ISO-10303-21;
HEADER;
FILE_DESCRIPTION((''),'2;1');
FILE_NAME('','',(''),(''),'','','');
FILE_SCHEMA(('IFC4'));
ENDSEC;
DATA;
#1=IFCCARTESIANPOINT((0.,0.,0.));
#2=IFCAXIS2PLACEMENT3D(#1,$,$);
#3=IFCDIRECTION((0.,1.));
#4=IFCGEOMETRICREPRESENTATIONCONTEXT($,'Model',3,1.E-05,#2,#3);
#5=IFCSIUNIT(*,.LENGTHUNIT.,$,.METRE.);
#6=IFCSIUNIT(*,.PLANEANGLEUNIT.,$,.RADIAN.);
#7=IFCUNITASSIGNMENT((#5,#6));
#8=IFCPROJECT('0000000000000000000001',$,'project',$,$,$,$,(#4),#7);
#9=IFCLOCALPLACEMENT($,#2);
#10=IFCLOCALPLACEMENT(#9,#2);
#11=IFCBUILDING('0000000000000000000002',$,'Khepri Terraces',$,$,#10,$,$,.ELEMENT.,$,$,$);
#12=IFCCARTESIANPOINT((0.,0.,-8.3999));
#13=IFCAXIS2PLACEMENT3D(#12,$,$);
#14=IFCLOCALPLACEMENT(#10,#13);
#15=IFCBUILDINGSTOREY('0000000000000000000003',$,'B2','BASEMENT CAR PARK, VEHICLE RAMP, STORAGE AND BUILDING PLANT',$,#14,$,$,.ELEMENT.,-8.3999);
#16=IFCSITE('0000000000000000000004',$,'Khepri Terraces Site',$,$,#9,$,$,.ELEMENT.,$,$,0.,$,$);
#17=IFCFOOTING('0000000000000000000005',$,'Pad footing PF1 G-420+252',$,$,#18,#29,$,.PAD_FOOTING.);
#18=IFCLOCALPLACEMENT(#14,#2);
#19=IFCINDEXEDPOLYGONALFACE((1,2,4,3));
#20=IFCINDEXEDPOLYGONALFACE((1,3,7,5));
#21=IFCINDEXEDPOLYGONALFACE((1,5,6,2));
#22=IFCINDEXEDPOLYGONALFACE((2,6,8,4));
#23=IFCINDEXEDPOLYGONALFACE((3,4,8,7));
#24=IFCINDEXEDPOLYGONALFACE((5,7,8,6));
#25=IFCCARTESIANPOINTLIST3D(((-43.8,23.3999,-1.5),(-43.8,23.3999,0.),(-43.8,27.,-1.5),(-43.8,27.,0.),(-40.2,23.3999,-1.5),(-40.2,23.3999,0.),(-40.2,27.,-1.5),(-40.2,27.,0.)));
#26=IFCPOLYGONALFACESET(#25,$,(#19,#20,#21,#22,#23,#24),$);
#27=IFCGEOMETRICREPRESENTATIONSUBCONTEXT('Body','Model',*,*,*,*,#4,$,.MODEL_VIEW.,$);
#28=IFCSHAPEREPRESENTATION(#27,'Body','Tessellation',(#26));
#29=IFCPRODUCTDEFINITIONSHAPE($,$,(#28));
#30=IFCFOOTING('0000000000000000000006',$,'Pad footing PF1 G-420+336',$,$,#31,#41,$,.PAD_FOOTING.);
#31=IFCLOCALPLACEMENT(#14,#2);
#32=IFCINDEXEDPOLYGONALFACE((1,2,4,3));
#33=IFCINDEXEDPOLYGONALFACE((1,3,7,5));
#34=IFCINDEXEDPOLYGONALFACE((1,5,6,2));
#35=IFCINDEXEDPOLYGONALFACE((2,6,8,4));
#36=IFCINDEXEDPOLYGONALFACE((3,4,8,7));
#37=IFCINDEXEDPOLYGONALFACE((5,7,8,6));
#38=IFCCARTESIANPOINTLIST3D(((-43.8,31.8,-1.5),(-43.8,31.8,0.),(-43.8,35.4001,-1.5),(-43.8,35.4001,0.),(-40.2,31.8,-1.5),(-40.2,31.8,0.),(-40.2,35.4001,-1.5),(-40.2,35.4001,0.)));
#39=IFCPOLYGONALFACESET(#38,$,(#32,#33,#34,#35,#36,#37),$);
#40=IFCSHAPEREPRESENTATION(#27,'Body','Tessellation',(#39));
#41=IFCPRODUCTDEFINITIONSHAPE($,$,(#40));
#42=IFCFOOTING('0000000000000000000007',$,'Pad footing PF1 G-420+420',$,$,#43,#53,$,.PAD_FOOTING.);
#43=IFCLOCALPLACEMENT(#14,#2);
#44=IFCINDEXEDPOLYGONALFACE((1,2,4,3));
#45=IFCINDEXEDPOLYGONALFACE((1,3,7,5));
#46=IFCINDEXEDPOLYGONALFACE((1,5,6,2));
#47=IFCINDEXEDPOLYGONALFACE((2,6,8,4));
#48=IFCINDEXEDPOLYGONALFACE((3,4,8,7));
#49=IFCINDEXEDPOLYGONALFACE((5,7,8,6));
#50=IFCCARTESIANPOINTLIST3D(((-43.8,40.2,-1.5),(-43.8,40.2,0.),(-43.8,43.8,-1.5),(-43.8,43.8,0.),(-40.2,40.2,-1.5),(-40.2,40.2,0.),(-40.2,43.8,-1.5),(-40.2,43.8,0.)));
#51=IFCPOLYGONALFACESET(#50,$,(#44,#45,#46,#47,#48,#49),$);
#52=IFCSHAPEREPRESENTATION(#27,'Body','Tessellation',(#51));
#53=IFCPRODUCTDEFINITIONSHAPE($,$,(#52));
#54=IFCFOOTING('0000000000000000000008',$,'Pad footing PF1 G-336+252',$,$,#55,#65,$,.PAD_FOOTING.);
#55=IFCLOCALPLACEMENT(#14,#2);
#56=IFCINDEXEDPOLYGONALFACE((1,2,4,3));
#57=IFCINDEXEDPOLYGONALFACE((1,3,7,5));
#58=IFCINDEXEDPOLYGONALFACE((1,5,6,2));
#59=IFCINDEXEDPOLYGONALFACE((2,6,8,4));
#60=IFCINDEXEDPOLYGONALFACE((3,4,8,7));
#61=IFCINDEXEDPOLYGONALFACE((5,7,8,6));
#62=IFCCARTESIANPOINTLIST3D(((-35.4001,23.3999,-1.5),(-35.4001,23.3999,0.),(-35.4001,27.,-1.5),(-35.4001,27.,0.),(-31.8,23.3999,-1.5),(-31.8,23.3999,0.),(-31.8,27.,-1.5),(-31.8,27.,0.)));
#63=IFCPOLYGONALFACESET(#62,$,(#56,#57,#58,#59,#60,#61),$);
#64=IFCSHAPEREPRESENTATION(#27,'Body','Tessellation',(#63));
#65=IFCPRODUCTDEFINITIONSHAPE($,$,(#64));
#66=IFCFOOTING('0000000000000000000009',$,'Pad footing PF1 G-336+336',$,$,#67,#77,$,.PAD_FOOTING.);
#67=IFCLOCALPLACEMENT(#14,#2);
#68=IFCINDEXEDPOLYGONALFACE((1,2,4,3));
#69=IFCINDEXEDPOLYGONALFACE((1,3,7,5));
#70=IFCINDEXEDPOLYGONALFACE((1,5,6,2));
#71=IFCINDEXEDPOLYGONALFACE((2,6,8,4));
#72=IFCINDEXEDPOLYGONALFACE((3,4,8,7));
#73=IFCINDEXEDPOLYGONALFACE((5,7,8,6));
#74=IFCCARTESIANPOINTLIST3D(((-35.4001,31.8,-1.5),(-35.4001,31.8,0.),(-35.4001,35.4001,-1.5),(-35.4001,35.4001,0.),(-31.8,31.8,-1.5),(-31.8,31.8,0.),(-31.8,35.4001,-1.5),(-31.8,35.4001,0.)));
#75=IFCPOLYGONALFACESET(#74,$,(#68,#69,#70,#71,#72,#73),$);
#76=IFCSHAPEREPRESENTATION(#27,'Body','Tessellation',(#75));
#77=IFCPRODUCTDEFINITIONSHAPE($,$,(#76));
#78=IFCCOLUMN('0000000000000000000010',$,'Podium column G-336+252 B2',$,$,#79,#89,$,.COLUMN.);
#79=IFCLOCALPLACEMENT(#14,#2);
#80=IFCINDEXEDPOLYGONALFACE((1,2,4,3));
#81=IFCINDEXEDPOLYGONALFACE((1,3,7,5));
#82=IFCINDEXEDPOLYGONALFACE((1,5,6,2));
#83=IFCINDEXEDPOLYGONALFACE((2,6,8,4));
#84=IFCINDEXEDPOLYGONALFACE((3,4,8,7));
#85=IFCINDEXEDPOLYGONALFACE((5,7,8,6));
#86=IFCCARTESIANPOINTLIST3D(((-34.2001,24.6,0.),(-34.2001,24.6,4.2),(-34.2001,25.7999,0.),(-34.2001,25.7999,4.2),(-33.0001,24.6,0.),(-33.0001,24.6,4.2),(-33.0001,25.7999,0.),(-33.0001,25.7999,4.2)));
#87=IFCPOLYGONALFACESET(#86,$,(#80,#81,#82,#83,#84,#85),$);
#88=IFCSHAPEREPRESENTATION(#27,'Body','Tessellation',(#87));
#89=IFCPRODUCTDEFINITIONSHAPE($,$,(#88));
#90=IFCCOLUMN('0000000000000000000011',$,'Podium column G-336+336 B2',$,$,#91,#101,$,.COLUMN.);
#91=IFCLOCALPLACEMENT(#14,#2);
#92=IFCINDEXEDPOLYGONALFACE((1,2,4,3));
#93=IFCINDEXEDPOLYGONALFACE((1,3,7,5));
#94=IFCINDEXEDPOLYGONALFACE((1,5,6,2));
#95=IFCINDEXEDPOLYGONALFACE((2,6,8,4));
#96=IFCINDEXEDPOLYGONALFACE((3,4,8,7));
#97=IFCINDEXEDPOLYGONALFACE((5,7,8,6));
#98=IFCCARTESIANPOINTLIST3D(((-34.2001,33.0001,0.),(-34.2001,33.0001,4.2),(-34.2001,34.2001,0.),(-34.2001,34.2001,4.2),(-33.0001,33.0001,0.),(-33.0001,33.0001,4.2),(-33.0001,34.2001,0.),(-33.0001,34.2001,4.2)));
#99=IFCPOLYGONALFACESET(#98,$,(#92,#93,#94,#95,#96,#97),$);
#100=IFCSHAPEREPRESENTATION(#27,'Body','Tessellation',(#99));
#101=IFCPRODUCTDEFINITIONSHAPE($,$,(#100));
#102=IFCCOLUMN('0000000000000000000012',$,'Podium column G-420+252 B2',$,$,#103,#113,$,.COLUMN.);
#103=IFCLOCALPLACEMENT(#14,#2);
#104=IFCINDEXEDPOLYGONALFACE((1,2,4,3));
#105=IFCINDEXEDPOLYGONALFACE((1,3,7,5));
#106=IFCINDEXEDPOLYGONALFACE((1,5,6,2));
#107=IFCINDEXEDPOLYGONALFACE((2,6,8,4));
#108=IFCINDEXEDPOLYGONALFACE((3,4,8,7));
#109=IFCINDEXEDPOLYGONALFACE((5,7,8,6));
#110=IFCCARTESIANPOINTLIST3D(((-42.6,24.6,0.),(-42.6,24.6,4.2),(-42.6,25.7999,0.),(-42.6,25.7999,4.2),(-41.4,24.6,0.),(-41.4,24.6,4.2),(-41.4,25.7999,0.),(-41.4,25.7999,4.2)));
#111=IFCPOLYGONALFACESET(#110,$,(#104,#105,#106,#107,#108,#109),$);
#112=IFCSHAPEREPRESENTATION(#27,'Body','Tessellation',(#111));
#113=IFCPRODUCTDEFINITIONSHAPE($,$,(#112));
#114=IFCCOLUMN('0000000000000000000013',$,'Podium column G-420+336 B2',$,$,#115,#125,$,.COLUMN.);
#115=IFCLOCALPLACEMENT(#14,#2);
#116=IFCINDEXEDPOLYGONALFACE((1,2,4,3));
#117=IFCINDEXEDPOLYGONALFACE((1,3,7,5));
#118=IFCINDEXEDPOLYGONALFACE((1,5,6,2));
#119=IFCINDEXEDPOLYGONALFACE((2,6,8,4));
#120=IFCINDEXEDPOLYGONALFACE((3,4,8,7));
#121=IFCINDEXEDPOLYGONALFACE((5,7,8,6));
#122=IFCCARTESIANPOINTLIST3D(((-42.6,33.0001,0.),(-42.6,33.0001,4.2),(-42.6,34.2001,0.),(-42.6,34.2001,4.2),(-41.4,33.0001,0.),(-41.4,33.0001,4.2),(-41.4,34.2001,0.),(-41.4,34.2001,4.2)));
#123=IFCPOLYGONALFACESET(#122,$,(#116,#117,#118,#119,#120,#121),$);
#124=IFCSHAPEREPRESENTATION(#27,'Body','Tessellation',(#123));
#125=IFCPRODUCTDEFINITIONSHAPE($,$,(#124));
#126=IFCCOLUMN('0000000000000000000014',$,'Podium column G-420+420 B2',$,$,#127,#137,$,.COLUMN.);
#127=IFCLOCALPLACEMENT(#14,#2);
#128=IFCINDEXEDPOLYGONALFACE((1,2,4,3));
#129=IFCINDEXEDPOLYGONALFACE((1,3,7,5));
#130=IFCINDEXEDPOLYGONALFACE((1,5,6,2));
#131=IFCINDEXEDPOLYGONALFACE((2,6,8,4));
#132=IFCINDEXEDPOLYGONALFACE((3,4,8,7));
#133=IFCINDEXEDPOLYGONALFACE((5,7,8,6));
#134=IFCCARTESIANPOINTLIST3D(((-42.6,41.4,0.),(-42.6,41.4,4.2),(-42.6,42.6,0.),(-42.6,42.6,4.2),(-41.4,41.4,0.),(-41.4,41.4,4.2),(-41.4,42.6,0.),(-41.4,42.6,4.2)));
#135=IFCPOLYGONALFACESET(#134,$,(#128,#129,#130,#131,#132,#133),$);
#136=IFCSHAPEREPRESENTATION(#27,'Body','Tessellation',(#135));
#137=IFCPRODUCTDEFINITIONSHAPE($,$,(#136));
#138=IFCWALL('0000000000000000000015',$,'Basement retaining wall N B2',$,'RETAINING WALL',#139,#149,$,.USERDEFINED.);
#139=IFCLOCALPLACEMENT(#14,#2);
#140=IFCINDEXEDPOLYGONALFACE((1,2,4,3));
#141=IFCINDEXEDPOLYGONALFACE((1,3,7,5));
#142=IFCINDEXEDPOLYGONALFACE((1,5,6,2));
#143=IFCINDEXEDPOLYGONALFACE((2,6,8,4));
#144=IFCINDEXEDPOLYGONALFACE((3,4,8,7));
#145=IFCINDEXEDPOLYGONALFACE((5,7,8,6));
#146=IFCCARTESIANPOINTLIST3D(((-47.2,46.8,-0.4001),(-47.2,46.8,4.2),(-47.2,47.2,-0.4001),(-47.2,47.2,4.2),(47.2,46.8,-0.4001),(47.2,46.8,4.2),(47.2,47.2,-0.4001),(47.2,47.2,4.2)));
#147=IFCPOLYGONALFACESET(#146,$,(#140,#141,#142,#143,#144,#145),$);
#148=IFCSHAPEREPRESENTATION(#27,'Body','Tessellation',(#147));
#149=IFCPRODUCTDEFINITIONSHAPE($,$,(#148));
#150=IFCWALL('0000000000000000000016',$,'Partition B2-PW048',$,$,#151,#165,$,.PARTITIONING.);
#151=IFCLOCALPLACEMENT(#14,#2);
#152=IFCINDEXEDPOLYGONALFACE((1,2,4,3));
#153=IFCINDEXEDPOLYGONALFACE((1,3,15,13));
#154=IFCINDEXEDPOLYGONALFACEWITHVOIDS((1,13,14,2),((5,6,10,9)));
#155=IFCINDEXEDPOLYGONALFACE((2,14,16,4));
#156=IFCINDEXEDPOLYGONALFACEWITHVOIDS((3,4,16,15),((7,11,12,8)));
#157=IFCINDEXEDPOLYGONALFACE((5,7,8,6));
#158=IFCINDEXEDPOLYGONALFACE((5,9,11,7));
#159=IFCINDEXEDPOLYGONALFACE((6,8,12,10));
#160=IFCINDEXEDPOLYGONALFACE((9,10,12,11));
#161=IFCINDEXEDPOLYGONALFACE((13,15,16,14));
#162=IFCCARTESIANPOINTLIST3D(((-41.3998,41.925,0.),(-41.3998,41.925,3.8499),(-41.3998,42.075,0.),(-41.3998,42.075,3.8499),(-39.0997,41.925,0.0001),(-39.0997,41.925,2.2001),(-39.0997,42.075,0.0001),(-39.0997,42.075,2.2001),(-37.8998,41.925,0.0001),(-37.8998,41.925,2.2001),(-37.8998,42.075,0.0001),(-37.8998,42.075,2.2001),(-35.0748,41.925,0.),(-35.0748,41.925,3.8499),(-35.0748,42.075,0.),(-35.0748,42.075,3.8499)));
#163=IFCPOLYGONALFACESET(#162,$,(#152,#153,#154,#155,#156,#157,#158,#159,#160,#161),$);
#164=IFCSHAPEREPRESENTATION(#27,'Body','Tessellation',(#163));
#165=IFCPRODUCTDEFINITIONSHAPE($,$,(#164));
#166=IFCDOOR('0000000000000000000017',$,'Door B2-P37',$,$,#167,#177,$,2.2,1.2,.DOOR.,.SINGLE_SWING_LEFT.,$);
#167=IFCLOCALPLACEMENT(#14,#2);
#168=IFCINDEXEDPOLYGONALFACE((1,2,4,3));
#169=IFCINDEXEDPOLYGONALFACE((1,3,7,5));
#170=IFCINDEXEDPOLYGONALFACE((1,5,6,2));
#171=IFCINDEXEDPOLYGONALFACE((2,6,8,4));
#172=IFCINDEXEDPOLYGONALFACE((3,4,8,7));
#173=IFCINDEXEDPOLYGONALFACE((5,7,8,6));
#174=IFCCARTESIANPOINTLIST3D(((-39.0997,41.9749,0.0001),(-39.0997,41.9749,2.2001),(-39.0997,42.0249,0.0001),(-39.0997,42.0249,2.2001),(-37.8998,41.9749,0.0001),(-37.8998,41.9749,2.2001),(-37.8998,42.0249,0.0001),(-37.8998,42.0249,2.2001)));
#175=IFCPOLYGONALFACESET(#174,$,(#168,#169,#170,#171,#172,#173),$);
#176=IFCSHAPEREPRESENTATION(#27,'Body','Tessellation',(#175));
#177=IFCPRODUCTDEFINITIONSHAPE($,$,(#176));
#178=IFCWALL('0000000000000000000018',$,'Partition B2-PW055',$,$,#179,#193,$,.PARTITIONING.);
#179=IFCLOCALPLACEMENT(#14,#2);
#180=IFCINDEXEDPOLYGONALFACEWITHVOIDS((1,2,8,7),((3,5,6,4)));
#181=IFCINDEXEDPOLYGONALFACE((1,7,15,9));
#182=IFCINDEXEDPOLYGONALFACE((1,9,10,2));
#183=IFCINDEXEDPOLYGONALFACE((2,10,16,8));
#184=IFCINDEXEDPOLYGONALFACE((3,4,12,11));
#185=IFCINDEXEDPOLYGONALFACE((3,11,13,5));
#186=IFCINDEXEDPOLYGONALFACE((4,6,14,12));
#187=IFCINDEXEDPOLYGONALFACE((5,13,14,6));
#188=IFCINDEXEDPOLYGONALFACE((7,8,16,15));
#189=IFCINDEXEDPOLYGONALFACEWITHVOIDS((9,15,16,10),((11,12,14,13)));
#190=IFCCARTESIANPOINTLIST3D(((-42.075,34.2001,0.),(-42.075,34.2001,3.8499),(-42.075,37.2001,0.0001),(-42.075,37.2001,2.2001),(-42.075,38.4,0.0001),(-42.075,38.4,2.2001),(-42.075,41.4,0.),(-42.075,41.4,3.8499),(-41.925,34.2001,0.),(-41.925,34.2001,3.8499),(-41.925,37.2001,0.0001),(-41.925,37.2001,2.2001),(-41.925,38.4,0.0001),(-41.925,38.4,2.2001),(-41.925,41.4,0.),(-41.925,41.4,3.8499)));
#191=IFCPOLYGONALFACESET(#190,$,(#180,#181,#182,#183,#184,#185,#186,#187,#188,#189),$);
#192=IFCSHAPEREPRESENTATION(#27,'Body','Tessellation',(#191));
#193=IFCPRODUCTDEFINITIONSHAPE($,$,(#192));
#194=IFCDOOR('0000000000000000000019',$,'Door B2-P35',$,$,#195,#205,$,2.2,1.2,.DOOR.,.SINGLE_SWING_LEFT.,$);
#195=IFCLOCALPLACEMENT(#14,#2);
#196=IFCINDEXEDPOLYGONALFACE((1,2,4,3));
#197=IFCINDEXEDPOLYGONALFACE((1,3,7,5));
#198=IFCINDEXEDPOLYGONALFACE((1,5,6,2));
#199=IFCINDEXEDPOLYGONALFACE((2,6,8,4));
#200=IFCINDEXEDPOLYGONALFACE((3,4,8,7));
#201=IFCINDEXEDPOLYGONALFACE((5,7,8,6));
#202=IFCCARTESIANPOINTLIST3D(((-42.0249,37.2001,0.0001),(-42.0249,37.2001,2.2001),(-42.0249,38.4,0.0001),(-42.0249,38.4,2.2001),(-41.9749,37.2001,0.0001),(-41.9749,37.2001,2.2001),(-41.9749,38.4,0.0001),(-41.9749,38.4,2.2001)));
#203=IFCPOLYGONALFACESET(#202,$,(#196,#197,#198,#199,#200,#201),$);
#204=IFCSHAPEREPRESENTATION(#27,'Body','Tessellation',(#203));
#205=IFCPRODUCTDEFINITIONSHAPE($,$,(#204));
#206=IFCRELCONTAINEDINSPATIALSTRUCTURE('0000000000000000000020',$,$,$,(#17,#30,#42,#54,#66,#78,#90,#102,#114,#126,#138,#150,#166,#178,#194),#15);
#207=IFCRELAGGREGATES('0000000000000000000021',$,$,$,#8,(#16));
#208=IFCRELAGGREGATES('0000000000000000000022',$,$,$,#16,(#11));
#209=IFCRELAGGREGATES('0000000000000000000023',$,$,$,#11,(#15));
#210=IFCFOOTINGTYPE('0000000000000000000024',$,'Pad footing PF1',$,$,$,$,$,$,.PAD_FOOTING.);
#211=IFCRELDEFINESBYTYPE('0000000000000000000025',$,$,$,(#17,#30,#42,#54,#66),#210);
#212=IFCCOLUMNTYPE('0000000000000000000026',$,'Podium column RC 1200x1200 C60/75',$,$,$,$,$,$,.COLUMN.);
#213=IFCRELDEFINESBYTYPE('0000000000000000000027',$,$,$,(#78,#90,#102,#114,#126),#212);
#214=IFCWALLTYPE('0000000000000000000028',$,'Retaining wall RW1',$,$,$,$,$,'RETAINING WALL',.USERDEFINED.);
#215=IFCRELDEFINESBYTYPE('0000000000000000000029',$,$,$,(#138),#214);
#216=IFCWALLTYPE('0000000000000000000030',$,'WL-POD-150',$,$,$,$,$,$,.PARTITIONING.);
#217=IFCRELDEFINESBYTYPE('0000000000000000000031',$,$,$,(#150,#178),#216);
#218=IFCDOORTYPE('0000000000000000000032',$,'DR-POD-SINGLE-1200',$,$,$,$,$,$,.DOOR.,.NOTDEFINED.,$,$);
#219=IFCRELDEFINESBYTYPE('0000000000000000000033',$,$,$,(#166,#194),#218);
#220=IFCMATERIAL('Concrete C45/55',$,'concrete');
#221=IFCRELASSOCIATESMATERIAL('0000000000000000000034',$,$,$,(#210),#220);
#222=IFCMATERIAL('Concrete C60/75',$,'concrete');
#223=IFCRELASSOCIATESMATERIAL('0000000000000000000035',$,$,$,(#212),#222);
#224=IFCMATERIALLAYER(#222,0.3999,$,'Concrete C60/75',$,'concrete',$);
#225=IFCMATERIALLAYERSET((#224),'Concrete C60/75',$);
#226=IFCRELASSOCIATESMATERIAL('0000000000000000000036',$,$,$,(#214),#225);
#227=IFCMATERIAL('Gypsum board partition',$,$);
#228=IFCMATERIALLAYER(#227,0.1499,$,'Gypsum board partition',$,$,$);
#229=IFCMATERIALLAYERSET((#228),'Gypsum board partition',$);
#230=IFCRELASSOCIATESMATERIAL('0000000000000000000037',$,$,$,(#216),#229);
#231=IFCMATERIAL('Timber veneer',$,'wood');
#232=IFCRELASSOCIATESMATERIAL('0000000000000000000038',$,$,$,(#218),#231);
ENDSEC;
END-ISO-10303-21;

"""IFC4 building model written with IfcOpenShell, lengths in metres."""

from ifc_helpers import new_model, si_unit, direction, frame, frame_2d, origin, origin_2d, place, context, subcontext, project, spatial, rectangle, extrude, material, layer, layer_set, material_profile, profile_set, type_object, element, fill, save


model = new_model("IFC4")

# Units and contexts
model_context = context("Model", 3, precision=1e-05, world=origin(), true_north=direction((0.0, 1.0)))
body_context = subcontext(model_context, "Body", "Model", "MODEL_VIEW")
ifc_project = project(units=[si_unit("LENGTHUNIT", "METRE"), si_unit("PLANEANGLEUNIT", "RADIAN")], contexts=[model_context])

# Site, building, storey
site_placement = place(None, origin())
site = spatial("IfcSite", under=ifc_project, at=site_placement, Name="Khepri Terraces Site", CompositionType="ELEMENT", RefElevation=0.0)
building_placement = place(site_placement, origin())
building = spatial("IfcBuilding", under=site, at=building_placement, Name="Khepri Terraces", CompositionType="ELEMENT")
storey_placement = place(building_placement, frame((0.0, 0.0, -8.3999)))
storey = spatial("IfcBuildingStorey", under=building, at=storey_placement, Name="B2", Description="BASEMENT CAR PARK, VEHICLE RAMP, STORAGE AND BUILDING PLANT", CompositionType="ELEMENT", Elevation=-8.3999)

# Footings
ifc_material_1 = material(Name="Concrete C45/55", Category="concrete")
footing_type = type_object("IfcFootingType", Name="Pad footing PF1", PredefinedType="PAD_FOOTING", material=ifc_material_1)
for number, where, z_axis, x_axis, name in (
    (1, (-42.0, 25.2, -1.5), (0.0, 0.0, 1.0), (1.0, 0.0, 0.0), "Pad footing PF1 G-420+252"),
    (2, (-42.0, 33.6001, -1.5), (0.0, 0.0, 1.0), (1.0, 0.0, 0.0), "Pad footing PF1 G-420+336"),
    (3, (-42.0, 42.0, -1.5), (0.0, 0.0, 1.0), (1.0, 0.0, 0.0), "Pad footing PF1 G-420+420"),
    (4, (-33.6001, 25.2, -1.5), (0.0, 0.0, 1.0), (1.0, 0.0, 0.0), "Pad footing PF1 G-336+252"),
    (5, (-33.6001, 33.6001, -1.5), (0.0, 0.0, 1.0), (1.0, 0.0, 0.0), "Pad footing PF1 G-336+336"),
):
    element("IfcFooting", number, at=place(storey_placement, frame(where, z_axis=z_axis, x_axis=x_axis)), inside=storey, type_object=footing_type, Name=name, PredefinedType="PAD_FOOTING", context=body_context, shape_type="SweptSolid", body=[
        extrude(rectangle(XDim=3.6001, YDim=3.6001, at=origin_2d()), origin(), (0.0, 0.0, 1.0), 1.5),
    ])

# Columns
ifc_material_2 = material(Name="Concrete C60/75", Category="concrete")
ifc_material_profile = material_profile(ifc_material_2, rectangle(XDim=1.2, YDim=1.2, at=origin_2d()), Name="Concrete C60/75", Category="concrete")
ifc_profile_set = profile_set([ifc_material_profile], Name="Concrete C60/75")
column_type = type_object("IfcColumnType", Name="Podium column RC 1200x1200 C60/75", PredefinedType="COLUMN", material=ifc_profile_set)
for number, where, z_axis, x_axis, name in (
    (6, (-33.6001, 25.2, 0.0), (0.0, 0.0, 1.0), (1.0, 0.0, 0.0), "Podium column G-336+252 B2"),
    (7, (-33.6001, 33.6001, 0.0), (0.0, 0.0, 1.0), (1.0, 0.0, 0.0), "Podium column G-336+336 B2"),
    (8, (-42.0, 25.2, 0.0), (0.0, 0.0, 1.0), (1.0, 0.0, 0.0), "Podium column G-420+252 B2"),
    (9, (-42.0, 33.6001, 0.0), (0.0, 0.0, 1.0), (1.0, 0.0, 0.0), "Podium column G-420+336 B2"),
    (10, (-42.0, 42.0, 0.0), (0.0, 0.0, 1.0), (1.0, 0.0, 0.0), "Podium column G-420+420 B2"),
):
    element("IfcColumn", number, at=place(storey_placement, frame(where, z_axis=z_axis, x_axis=x_axis)), inside=storey, type_object=column_type, Name=name, PredefinedType="COLUMN", context=body_context, shape_type="SweptSolid", body=[
        extrude(rectangle(XDim=1.2, YDim=1.2, at=origin_2d()), origin(), (0.0, 0.0, 1.0), 4.2),
    ])

# Wall
ifc_layer_1 = layer(ifc_material_2, 0.3999, Name="Concrete C60/75", Category="concrete")
ifc_layer_set_1 = layer_set([ifc_layer_1], Name="Concrete C60/75")
wall_type_1 = type_object("IfcWallType", Name="Retaining wall RW1", ElementType="RETAINING WALL", PredefinedType="USERDEFINED", material=ifc_layer_set_1)
wall_1_placement = place(storey_placement, frame((-47.2, 47.0, -0.4001), z_axis=(0.0, 0.0, 1.0), x_axis=(1.0, 0.0, 0.0)))
element("IfcWall", 11, at=wall_1_placement, inside=storey, type_object=wall_type_1, Name="Basement retaining wall N B2", ObjectType="RETAINING WALL", PredefinedType="USERDEFINED", context=body_context, shape_type="SweptSolid", body=[
    extrude(rectangle(XDim=94.3999, YDim=0.3999, at=frame_2d((47.2, 0.0))), origin(), (0.0, 0.0, 1.0), 4.6001),
])

# Walls, openings, doors
ifc_material_3 = material(Name="Gypsum board partition")
ifc_layer_2 = layer(ifc_material_3, 0.1499, Name="Gypsum board partition")
ifc_layer_set_2 = layer_set([ifc_layer_2], Name="Gypsum board partition")
wall_type_2 = type_object("IfcWallType", Name="WL-POD-150", PredefinedType="PARTITIONING", material=ifc_layer_set_2)
wall_2_placement = place(storey_placement, frame((-41.3999, 42.0, 0.0), z_axis=(0.0, 0.0, 1.0), x_axis=(1.0, 0.0, 0.0)))
wall_2 = element("IfcWall", 12, at=wall_2_placement, inside=storey, type_object=wall_type_2, Name="Partition B2-PW048", PredefinedType="PARTITIONING", context=body_context, shape_type="SweptSolid", body=[
    extrude(rectangle(XDim=6.325, YDim=0.1499, at=frame_2d((3.1626, 0.0))), origin(), (0.0, 0.0, 1.0), 3.8499),
])
opening_1_placement = place(wall_2_placement, frame((2.3, 0.0, 0.0)))
opening_1 = element("IfcOpeningElement", 13, at=opening_1_placement, cuts=wall_2, PredefinedType="OPENING", context=body_context, shape_type="SweptSolid", body=[
    extrude(rectangle(XDim=1.2, YDim=2.2, at=frame_2d((0.6001, 1.1001))), frame((0.0, 0.085, 0.0), z_axis=(0.0, -1.0, 0.0), x_axis=(1.0, 0.0, 0.0)), (0.0, 0.0, 1.0), 0.1699),
])
ifc_material_4 = material(Name="Timber veneer", Category="wood")
door_type = type_object("IfcDoorType", Name="DR-POD-SINGLE-1200", OperationType="NOTDEFINED", PredefinedType="DOOR", material=ifc_material_4)
door_1_placement = place(opening_1_placement, origin())
door_1 = element("IfcDoor", 14, at=door_1_placement, inside=storey, type_object=door_type, Name="Door B2-P37", OperationType="SINGLE_SWING_LEFT", OverallHeight=2.2, OverallWidth=1.2, PredefinedType="DOOR", context=body_context, shape_type="SweptSolid", body=[
    extrude(rectangle(XDim=1.2, YDim=2.2, at=frame_2d((0.6001, 1.1001))), frame((0.0, 0.0249, 0.0), z_axis=(0.0, -1.0, 0.0), x_axis=(1.0, 0.0, 0.0)), (0.0, 0.0, 1.0), 0.05),
])
fill(opening_1, door_1)
wall_3_placement = place(storey_placement, frame((-42.0, 34.2, 0.0), z_axis=(0.0, 0.0, 1.0), x_axis=(0.0, 1.0, 0.0)))
wall_3 = element("IfcWall", 15, at=wall_3_placement, inside=storey, type_object=wall_type_2, Name="Partition B2-PW055", PredefinedType="PARTITIONING", context=body_context, shape_type="SweptSolid", body=[
    extrude(rectangle(XDim=7.2, YDim=0.1499, at=frame_2d((3.6001, 0.0))), origin(), (0.0, 0.0, 1.0), 3.8499),
])
opening_2_placement = place(wall_3_placement, frame((3.0, 0.0, 0.0)))
opening_2 = element("IfcOpeningElement", 16, at=opening_2_placement, cuts=wall_3, PredefinedType="OPENING", context=body_context, shape_type="SweptSolid", body=[
    extrude(rectangle(XDim=1.2, YDim=2.2, at=frame_2d((0.6001, 1.1001))), frame((0.0, 0.085, 0.0), z_axis=(0.0, -1.0, 0.0), x_axis=(1.0, 0.0, 0.0)), (0.0, 0.0, 1.0), 0.1699),
])
door_2_placement = place(opening_2_placement, origin())
door_2 = element("IfcDoor", 17, at=door_2_placement, inside=storey, type_object=door_type, Name="Door B2-P35", OperationType="SINGLE_SWING_LEFT", OverallHeight=2.2, OverallWidth=1.2, PredefinedType="DOOR", context=body_context, shape_type="SweptSolid", body=[
    extrude(rectangle(XDim=1.2, YDim=2.2, at=frame_2d((0.6001, 1.1001))), frame((0.0, 0.0249, 0.0), z_axis=(0.0, -1.0, 0.0), x_axis=(1.0, 0.0, 0.0)), (0.0, 0.0, 1.0), 0.05),
])
fill(opening_2, door_2)

save(model, "model.ifc")
